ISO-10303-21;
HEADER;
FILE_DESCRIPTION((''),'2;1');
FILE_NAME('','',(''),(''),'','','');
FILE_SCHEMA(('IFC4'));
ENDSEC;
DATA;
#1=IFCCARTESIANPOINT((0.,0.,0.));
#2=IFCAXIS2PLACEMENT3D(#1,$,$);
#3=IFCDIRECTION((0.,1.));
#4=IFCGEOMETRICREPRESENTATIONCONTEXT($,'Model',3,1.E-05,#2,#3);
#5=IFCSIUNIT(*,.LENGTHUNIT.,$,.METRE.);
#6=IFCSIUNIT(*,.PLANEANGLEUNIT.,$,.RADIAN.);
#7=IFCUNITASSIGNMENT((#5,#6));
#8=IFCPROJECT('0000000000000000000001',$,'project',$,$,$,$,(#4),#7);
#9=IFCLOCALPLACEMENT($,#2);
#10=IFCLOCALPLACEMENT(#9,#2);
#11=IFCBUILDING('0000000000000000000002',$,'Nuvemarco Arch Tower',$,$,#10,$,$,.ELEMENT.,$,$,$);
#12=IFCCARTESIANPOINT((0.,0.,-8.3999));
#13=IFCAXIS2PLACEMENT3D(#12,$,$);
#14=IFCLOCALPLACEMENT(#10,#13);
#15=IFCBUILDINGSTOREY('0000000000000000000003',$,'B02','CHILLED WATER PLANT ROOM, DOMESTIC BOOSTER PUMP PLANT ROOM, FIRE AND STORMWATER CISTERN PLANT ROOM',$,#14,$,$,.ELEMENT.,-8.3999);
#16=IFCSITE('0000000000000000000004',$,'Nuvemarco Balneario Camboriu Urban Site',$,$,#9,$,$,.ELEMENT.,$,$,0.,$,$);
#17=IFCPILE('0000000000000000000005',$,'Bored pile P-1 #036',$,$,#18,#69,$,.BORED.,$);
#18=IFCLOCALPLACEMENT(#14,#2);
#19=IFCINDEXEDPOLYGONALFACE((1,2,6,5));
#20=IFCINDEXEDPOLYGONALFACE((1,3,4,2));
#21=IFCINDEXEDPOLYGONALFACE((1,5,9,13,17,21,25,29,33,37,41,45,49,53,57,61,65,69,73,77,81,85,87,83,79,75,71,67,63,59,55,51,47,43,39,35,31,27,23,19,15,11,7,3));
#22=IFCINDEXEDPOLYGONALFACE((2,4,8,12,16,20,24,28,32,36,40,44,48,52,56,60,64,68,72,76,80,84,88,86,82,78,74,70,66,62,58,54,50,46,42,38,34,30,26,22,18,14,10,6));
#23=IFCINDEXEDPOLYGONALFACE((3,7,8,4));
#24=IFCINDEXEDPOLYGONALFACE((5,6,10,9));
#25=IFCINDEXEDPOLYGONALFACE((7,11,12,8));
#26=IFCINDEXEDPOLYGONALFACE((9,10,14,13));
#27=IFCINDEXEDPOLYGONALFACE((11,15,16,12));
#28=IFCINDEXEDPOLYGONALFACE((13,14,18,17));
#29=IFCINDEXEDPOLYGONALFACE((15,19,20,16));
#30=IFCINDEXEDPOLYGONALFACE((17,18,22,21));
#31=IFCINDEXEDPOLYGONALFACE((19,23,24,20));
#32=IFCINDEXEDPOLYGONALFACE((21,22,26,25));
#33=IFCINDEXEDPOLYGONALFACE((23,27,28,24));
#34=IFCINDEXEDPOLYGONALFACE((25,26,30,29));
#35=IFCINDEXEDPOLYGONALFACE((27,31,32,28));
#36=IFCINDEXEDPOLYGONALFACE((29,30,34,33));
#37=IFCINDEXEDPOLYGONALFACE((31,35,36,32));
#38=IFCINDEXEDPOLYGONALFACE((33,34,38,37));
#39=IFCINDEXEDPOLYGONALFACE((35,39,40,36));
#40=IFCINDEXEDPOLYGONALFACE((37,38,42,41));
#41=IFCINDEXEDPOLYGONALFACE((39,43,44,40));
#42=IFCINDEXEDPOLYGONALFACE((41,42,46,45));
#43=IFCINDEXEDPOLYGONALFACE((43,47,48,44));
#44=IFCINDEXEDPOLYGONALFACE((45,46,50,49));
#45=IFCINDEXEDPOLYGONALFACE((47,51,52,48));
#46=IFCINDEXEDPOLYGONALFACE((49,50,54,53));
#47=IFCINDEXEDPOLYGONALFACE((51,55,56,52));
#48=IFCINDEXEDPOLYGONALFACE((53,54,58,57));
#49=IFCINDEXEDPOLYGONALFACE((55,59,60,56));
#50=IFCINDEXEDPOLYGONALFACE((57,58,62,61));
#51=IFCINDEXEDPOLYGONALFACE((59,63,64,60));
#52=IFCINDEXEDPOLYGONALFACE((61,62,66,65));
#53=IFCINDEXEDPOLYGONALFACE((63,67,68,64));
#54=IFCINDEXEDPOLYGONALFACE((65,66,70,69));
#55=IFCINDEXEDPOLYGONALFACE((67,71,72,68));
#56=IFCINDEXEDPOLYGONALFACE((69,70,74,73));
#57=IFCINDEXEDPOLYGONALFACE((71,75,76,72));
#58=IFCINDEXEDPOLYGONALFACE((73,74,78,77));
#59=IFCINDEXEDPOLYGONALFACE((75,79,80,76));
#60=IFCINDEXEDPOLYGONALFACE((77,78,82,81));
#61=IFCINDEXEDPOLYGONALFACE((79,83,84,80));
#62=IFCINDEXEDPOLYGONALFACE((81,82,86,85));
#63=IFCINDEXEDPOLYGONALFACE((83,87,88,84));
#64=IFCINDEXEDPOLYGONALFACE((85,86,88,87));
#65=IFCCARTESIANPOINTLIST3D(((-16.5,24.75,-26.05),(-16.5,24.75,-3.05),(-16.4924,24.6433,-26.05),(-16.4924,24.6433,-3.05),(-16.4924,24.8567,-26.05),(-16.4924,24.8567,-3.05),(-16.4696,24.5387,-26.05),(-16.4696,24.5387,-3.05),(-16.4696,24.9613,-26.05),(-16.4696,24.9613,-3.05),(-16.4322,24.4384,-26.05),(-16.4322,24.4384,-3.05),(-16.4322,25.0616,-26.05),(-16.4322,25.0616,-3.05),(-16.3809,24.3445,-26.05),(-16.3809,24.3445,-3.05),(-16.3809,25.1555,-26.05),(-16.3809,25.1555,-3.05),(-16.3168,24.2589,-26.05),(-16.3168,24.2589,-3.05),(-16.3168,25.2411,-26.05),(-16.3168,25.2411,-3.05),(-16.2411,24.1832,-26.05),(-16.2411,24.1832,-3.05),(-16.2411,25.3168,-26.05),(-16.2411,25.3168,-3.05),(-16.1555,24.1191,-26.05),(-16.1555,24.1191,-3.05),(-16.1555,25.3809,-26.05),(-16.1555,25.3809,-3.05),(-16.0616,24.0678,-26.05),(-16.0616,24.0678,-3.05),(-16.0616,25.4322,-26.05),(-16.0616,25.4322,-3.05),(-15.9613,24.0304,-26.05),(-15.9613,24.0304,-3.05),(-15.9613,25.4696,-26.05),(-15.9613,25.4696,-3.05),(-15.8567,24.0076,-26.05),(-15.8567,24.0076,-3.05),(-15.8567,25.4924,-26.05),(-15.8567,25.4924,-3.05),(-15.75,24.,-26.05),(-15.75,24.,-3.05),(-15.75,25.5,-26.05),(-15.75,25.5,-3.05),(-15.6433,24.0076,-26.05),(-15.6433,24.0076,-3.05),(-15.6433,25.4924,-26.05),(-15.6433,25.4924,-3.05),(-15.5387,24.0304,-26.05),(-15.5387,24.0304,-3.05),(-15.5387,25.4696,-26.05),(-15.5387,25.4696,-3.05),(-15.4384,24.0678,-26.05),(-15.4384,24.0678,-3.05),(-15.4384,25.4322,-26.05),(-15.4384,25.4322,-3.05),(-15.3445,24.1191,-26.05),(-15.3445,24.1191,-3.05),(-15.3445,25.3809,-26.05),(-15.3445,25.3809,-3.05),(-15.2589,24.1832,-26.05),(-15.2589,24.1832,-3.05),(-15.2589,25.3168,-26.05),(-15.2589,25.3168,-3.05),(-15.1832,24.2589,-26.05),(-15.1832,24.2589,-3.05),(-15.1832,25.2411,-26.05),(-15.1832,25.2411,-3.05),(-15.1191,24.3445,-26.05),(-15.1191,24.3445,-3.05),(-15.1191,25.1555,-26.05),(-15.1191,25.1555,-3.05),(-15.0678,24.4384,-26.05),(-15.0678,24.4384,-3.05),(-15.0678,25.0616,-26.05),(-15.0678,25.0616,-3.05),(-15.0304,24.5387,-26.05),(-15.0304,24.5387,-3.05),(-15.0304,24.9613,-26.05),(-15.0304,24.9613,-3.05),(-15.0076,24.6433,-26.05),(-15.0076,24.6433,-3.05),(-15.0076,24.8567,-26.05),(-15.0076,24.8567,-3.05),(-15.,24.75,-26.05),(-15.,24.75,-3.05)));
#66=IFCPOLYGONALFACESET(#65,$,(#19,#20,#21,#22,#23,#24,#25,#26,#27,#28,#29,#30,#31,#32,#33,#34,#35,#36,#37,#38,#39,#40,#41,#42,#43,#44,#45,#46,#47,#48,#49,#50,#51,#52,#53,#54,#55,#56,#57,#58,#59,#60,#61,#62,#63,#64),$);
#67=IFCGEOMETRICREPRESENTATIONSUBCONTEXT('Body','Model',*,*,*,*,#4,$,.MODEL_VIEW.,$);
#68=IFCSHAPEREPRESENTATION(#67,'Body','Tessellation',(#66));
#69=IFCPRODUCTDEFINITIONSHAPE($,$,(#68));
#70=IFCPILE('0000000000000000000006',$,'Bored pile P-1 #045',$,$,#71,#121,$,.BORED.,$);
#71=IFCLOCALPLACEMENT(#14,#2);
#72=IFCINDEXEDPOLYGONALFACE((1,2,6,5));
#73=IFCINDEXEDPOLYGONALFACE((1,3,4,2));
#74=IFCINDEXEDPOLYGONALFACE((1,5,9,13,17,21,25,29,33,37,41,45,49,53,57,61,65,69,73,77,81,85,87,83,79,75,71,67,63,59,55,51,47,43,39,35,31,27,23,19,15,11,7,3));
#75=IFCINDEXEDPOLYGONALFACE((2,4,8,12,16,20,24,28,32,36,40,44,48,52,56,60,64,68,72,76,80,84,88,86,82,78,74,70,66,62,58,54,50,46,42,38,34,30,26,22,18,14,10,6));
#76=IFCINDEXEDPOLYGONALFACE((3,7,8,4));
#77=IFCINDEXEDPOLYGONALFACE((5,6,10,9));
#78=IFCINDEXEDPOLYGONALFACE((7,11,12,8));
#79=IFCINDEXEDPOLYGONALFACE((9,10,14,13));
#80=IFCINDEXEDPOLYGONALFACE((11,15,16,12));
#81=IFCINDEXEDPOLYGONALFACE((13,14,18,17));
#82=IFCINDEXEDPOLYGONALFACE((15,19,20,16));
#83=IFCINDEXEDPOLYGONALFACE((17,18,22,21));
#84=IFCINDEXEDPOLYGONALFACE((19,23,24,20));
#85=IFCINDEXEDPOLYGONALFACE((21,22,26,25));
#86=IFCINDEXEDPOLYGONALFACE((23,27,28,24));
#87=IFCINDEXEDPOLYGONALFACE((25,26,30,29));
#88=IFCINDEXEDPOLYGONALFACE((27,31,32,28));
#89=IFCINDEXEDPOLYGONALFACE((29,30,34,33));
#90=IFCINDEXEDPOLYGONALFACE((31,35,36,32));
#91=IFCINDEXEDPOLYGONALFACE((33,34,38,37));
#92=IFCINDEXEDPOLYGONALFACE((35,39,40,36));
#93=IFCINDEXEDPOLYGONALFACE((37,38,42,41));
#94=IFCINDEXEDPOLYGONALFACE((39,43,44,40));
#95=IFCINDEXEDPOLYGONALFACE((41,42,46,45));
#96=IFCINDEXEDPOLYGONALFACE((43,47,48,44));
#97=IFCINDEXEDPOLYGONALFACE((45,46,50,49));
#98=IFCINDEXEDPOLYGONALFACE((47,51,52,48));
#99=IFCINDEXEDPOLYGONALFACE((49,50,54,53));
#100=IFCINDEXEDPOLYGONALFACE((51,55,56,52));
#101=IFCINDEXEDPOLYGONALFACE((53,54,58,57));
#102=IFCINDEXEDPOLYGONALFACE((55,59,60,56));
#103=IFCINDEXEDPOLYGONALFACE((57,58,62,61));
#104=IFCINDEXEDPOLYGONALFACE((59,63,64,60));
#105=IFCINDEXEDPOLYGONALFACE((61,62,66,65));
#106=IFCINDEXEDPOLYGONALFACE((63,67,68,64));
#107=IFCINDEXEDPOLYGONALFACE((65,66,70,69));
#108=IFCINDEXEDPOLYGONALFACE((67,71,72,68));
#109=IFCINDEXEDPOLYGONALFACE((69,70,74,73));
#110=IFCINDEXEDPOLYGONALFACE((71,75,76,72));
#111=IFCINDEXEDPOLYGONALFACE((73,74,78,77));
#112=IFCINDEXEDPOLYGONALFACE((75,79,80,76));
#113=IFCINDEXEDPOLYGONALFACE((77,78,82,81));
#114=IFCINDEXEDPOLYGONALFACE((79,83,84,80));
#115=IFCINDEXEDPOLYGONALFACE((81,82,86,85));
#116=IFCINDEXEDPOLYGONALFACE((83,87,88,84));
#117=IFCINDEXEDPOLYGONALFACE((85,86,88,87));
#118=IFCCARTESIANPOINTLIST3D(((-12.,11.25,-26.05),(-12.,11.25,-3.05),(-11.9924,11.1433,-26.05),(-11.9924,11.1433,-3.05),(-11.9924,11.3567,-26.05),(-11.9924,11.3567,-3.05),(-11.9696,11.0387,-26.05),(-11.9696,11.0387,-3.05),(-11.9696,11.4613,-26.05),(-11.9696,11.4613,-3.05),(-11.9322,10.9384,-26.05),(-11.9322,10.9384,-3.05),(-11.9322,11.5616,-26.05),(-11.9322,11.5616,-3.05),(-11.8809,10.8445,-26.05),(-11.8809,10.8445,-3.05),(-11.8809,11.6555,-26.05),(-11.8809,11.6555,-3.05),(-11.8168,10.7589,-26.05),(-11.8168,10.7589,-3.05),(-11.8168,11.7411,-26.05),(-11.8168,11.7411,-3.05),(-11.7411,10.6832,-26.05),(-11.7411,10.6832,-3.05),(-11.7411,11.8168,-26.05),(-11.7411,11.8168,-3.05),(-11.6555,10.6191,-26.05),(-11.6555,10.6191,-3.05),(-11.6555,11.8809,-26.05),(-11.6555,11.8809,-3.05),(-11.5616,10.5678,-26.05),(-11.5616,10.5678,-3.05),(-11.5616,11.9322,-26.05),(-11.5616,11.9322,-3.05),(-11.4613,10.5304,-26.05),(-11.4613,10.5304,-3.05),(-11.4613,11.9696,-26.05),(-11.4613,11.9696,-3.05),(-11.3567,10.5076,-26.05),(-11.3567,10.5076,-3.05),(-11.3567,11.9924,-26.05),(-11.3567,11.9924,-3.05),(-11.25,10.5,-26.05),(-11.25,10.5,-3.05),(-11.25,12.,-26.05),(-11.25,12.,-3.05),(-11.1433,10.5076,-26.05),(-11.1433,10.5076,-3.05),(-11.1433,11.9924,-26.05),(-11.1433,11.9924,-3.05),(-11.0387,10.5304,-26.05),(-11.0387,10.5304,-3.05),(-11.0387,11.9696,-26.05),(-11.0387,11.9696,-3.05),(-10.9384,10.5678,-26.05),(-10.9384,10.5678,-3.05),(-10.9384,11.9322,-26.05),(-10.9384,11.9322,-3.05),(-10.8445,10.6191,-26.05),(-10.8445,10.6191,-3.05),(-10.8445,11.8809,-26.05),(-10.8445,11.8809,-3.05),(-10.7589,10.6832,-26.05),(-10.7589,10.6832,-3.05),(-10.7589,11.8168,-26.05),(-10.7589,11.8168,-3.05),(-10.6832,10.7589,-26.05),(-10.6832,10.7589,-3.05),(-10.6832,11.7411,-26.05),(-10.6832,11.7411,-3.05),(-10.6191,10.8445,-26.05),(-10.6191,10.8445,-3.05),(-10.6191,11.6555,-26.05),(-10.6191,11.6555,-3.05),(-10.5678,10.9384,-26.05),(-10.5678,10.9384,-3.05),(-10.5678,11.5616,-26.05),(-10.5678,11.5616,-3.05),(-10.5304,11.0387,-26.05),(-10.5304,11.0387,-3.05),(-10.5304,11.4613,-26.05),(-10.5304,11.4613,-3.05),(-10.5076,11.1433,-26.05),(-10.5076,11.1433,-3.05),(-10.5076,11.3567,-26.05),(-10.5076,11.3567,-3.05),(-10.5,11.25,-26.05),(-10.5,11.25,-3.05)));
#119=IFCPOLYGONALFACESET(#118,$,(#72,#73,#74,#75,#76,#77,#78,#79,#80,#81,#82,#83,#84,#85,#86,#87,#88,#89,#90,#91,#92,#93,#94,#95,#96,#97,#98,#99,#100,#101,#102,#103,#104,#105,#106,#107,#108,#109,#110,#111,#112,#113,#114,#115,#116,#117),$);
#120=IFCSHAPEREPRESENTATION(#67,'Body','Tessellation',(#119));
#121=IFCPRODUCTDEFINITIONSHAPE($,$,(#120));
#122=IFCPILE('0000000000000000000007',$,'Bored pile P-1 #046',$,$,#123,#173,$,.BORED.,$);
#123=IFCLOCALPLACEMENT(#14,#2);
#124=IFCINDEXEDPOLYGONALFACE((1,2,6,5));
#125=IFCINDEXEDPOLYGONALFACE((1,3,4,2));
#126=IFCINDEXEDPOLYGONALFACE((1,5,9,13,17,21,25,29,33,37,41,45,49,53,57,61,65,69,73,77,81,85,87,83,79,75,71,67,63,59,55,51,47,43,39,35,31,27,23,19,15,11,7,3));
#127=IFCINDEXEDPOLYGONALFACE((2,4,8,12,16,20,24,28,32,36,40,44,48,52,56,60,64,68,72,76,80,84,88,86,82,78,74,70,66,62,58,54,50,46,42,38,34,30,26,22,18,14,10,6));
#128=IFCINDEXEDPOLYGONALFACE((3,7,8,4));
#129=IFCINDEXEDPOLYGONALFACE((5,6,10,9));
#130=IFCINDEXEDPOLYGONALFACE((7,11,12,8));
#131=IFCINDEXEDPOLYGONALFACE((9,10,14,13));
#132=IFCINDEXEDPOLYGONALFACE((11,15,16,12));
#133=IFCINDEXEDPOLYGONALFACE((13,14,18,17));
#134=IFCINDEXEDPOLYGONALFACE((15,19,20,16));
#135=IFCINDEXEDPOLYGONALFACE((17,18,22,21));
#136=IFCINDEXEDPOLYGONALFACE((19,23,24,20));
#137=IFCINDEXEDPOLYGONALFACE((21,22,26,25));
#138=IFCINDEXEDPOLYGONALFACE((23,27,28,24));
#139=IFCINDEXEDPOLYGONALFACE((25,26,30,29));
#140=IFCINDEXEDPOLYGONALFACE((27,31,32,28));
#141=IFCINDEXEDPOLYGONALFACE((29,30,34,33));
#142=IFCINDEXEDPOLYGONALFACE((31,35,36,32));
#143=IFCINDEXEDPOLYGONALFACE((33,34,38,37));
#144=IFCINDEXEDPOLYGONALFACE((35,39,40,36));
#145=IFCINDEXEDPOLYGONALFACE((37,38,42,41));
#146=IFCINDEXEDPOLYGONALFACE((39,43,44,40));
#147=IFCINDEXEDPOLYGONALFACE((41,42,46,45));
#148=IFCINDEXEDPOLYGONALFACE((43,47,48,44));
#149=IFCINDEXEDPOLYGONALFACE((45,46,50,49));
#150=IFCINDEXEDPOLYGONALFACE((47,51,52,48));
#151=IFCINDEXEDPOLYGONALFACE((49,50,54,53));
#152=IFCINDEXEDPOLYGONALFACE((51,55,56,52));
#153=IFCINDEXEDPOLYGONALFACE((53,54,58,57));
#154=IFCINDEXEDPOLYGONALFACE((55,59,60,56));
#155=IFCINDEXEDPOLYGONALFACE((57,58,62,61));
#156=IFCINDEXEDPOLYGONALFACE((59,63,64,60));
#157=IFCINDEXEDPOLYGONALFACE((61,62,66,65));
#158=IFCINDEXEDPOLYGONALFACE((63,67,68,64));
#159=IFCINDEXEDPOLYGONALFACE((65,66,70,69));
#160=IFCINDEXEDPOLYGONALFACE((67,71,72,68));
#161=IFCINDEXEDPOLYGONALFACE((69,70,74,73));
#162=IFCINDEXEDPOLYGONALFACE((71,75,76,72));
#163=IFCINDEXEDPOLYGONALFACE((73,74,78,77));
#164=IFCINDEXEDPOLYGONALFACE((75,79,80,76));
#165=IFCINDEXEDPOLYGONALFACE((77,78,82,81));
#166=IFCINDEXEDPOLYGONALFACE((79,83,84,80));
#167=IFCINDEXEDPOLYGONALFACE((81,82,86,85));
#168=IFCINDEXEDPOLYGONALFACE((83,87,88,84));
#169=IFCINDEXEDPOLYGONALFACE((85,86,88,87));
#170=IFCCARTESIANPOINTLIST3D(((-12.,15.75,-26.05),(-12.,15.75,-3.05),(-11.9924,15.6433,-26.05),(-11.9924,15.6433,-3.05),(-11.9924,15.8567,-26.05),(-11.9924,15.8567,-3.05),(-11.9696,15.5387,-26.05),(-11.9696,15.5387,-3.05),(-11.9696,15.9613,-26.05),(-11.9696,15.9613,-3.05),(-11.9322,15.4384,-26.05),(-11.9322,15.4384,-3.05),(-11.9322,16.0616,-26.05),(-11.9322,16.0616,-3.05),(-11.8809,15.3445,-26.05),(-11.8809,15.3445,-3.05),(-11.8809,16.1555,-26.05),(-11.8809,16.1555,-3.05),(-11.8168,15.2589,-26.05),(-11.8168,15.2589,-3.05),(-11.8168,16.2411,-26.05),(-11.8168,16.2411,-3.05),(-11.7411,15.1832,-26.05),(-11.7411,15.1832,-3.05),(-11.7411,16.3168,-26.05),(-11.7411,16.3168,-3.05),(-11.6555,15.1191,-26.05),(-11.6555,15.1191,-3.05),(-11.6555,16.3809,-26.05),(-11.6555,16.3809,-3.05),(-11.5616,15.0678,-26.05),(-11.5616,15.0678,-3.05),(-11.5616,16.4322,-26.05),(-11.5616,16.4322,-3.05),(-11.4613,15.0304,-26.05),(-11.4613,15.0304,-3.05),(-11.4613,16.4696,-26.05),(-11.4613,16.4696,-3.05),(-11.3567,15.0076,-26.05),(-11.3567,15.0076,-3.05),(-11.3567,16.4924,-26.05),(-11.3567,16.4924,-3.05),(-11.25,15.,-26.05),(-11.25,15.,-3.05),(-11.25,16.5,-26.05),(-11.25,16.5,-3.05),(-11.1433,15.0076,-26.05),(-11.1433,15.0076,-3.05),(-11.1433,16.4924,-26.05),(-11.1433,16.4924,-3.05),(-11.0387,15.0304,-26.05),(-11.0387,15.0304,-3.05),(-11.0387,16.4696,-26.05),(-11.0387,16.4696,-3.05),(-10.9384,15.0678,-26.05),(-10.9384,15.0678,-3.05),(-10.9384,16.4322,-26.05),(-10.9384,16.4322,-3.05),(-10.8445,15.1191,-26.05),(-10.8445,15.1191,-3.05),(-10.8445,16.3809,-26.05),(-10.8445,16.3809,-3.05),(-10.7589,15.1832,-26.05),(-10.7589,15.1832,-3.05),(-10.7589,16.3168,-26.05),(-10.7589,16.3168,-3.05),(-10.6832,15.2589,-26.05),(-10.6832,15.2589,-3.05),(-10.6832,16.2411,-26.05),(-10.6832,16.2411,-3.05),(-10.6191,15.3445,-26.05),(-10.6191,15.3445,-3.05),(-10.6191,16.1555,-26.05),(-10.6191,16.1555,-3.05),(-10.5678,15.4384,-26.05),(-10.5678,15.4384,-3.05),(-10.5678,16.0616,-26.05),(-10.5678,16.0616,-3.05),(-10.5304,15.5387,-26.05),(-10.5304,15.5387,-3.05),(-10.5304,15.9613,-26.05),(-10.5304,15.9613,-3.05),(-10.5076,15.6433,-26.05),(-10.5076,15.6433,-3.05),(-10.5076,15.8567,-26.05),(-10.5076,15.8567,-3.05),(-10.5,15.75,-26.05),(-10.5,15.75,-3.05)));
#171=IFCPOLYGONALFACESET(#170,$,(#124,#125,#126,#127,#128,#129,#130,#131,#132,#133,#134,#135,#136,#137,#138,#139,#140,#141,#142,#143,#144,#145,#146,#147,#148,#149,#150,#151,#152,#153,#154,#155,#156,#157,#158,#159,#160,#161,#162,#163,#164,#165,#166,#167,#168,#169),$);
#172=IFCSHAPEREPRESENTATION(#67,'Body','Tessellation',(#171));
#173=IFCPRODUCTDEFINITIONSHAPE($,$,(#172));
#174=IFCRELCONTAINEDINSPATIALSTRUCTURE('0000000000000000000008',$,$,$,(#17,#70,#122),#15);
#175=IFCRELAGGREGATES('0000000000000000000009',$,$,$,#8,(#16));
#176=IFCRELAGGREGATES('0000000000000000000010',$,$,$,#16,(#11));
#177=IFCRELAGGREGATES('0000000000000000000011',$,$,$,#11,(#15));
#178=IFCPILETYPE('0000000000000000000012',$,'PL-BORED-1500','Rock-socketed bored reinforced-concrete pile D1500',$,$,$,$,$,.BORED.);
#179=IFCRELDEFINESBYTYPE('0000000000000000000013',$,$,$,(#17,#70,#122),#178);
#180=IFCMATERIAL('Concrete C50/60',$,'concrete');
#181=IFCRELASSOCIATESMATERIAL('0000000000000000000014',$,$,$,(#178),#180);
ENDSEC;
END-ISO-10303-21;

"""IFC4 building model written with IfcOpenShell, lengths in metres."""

from ifc_helpers import new_model, si_unit, direction, frame, origin, origin_2d, place, context, subcontext, project, spatial, circle, extrude, material, material_profile, profile_set, type_object, element, save


model = new_model("IFC4")

# Units and contexts
model_context = context("Model", 3, precision=1e-05, world=origin(), true_north=direction((0.0, 1.0)))
body_context = subcontext(model_context, "Body", "Model", "MODEL_VIEW")
ifc_project = project(units=[si_unit("LENGTHUNIT", "METRE"), si_unit("PLANEANGLEUNIT", "RADIAN")], contexts=[model_context])

# Site, building, storey
site_placement = place(None, origin())
site = spatial("IfcSite", under=ifc_project, at=site_placement, Name="Nuvemarco Balneario Camboriu Urban Site", CompositionType="ELEMENT", RefElevation=0.0)
building_placement = place(site_placement, origin())
building = spatial("IfcBuilding", under=site, at=building_placement, Name="Nuvemarco Arch Tower", CompositionType="ELEMENT")
storey_placement = place(building_placement, frame((0.0, 0.0, -8.3999)))
storey = spatial("IfcBuildingStorey", under=building, at=storey_placement, Name="B02", Description="CHILLED WATER PLANT ROOM, DOMESTIC BOOSTER PUMP PLANT ROOM, FIRE AND STORMWATER CISTERN PLANT ROOM", CompositionType="ELEMENT", Elevation=-8.3999)

# Piles
ifc_material_1 = material(Name="Concrete C50/60", Category="concrete")
ifc_material_profile_1 = material_profile(ifc_material_1, circle(Radius=0.75, at=origin_2d()), Name="PILE-D1500")
ifc_profile_set_1 = profile_set([ifc_material_profile_1], Name="Concrete C50/60")
pile_type = type_object("IfcPileType", Name="PL-BORED-1500", Description="Rock-socketed bored reinforced-concrete pile D1500", PredefinedType="BORED", material=ifc_profile_set_1)
for number, where, z_axis, x_axis, name in (
    (1, (-15.75, 24.75, -3.05), (0.0, 0.0, -1.0), (1.0, 0.0, 0.0), "Bored pile P-1 #036"),
    (2, (-11.25, 11.25, -3.05), (0.0, 0.0, -1.0), (1.0, 0.0, 0.0), "Bored pile P-1 #045"),
    (3, (-11.25, 15.75, -3.05), (0.0, 0.0, -1.0), (1.0, 0.0, 0.0), "Bored pile P-1 #046"),
):
    element("IfcPile", number, at=place(storey_placement, frame(where, z_axis=z_axis, x_axis=x_axis)), inside=storey, type_object=pile_type, Name=name, PredefinedType="BORED", context=body_context, shape_type="SweptSolid", body=[
        extrude(circle(Radius=0.75, at=origin_2d()), origin(), (0.0, 0.0, 1.0), 23.0),
    ])

save(model, "model.ifc")
